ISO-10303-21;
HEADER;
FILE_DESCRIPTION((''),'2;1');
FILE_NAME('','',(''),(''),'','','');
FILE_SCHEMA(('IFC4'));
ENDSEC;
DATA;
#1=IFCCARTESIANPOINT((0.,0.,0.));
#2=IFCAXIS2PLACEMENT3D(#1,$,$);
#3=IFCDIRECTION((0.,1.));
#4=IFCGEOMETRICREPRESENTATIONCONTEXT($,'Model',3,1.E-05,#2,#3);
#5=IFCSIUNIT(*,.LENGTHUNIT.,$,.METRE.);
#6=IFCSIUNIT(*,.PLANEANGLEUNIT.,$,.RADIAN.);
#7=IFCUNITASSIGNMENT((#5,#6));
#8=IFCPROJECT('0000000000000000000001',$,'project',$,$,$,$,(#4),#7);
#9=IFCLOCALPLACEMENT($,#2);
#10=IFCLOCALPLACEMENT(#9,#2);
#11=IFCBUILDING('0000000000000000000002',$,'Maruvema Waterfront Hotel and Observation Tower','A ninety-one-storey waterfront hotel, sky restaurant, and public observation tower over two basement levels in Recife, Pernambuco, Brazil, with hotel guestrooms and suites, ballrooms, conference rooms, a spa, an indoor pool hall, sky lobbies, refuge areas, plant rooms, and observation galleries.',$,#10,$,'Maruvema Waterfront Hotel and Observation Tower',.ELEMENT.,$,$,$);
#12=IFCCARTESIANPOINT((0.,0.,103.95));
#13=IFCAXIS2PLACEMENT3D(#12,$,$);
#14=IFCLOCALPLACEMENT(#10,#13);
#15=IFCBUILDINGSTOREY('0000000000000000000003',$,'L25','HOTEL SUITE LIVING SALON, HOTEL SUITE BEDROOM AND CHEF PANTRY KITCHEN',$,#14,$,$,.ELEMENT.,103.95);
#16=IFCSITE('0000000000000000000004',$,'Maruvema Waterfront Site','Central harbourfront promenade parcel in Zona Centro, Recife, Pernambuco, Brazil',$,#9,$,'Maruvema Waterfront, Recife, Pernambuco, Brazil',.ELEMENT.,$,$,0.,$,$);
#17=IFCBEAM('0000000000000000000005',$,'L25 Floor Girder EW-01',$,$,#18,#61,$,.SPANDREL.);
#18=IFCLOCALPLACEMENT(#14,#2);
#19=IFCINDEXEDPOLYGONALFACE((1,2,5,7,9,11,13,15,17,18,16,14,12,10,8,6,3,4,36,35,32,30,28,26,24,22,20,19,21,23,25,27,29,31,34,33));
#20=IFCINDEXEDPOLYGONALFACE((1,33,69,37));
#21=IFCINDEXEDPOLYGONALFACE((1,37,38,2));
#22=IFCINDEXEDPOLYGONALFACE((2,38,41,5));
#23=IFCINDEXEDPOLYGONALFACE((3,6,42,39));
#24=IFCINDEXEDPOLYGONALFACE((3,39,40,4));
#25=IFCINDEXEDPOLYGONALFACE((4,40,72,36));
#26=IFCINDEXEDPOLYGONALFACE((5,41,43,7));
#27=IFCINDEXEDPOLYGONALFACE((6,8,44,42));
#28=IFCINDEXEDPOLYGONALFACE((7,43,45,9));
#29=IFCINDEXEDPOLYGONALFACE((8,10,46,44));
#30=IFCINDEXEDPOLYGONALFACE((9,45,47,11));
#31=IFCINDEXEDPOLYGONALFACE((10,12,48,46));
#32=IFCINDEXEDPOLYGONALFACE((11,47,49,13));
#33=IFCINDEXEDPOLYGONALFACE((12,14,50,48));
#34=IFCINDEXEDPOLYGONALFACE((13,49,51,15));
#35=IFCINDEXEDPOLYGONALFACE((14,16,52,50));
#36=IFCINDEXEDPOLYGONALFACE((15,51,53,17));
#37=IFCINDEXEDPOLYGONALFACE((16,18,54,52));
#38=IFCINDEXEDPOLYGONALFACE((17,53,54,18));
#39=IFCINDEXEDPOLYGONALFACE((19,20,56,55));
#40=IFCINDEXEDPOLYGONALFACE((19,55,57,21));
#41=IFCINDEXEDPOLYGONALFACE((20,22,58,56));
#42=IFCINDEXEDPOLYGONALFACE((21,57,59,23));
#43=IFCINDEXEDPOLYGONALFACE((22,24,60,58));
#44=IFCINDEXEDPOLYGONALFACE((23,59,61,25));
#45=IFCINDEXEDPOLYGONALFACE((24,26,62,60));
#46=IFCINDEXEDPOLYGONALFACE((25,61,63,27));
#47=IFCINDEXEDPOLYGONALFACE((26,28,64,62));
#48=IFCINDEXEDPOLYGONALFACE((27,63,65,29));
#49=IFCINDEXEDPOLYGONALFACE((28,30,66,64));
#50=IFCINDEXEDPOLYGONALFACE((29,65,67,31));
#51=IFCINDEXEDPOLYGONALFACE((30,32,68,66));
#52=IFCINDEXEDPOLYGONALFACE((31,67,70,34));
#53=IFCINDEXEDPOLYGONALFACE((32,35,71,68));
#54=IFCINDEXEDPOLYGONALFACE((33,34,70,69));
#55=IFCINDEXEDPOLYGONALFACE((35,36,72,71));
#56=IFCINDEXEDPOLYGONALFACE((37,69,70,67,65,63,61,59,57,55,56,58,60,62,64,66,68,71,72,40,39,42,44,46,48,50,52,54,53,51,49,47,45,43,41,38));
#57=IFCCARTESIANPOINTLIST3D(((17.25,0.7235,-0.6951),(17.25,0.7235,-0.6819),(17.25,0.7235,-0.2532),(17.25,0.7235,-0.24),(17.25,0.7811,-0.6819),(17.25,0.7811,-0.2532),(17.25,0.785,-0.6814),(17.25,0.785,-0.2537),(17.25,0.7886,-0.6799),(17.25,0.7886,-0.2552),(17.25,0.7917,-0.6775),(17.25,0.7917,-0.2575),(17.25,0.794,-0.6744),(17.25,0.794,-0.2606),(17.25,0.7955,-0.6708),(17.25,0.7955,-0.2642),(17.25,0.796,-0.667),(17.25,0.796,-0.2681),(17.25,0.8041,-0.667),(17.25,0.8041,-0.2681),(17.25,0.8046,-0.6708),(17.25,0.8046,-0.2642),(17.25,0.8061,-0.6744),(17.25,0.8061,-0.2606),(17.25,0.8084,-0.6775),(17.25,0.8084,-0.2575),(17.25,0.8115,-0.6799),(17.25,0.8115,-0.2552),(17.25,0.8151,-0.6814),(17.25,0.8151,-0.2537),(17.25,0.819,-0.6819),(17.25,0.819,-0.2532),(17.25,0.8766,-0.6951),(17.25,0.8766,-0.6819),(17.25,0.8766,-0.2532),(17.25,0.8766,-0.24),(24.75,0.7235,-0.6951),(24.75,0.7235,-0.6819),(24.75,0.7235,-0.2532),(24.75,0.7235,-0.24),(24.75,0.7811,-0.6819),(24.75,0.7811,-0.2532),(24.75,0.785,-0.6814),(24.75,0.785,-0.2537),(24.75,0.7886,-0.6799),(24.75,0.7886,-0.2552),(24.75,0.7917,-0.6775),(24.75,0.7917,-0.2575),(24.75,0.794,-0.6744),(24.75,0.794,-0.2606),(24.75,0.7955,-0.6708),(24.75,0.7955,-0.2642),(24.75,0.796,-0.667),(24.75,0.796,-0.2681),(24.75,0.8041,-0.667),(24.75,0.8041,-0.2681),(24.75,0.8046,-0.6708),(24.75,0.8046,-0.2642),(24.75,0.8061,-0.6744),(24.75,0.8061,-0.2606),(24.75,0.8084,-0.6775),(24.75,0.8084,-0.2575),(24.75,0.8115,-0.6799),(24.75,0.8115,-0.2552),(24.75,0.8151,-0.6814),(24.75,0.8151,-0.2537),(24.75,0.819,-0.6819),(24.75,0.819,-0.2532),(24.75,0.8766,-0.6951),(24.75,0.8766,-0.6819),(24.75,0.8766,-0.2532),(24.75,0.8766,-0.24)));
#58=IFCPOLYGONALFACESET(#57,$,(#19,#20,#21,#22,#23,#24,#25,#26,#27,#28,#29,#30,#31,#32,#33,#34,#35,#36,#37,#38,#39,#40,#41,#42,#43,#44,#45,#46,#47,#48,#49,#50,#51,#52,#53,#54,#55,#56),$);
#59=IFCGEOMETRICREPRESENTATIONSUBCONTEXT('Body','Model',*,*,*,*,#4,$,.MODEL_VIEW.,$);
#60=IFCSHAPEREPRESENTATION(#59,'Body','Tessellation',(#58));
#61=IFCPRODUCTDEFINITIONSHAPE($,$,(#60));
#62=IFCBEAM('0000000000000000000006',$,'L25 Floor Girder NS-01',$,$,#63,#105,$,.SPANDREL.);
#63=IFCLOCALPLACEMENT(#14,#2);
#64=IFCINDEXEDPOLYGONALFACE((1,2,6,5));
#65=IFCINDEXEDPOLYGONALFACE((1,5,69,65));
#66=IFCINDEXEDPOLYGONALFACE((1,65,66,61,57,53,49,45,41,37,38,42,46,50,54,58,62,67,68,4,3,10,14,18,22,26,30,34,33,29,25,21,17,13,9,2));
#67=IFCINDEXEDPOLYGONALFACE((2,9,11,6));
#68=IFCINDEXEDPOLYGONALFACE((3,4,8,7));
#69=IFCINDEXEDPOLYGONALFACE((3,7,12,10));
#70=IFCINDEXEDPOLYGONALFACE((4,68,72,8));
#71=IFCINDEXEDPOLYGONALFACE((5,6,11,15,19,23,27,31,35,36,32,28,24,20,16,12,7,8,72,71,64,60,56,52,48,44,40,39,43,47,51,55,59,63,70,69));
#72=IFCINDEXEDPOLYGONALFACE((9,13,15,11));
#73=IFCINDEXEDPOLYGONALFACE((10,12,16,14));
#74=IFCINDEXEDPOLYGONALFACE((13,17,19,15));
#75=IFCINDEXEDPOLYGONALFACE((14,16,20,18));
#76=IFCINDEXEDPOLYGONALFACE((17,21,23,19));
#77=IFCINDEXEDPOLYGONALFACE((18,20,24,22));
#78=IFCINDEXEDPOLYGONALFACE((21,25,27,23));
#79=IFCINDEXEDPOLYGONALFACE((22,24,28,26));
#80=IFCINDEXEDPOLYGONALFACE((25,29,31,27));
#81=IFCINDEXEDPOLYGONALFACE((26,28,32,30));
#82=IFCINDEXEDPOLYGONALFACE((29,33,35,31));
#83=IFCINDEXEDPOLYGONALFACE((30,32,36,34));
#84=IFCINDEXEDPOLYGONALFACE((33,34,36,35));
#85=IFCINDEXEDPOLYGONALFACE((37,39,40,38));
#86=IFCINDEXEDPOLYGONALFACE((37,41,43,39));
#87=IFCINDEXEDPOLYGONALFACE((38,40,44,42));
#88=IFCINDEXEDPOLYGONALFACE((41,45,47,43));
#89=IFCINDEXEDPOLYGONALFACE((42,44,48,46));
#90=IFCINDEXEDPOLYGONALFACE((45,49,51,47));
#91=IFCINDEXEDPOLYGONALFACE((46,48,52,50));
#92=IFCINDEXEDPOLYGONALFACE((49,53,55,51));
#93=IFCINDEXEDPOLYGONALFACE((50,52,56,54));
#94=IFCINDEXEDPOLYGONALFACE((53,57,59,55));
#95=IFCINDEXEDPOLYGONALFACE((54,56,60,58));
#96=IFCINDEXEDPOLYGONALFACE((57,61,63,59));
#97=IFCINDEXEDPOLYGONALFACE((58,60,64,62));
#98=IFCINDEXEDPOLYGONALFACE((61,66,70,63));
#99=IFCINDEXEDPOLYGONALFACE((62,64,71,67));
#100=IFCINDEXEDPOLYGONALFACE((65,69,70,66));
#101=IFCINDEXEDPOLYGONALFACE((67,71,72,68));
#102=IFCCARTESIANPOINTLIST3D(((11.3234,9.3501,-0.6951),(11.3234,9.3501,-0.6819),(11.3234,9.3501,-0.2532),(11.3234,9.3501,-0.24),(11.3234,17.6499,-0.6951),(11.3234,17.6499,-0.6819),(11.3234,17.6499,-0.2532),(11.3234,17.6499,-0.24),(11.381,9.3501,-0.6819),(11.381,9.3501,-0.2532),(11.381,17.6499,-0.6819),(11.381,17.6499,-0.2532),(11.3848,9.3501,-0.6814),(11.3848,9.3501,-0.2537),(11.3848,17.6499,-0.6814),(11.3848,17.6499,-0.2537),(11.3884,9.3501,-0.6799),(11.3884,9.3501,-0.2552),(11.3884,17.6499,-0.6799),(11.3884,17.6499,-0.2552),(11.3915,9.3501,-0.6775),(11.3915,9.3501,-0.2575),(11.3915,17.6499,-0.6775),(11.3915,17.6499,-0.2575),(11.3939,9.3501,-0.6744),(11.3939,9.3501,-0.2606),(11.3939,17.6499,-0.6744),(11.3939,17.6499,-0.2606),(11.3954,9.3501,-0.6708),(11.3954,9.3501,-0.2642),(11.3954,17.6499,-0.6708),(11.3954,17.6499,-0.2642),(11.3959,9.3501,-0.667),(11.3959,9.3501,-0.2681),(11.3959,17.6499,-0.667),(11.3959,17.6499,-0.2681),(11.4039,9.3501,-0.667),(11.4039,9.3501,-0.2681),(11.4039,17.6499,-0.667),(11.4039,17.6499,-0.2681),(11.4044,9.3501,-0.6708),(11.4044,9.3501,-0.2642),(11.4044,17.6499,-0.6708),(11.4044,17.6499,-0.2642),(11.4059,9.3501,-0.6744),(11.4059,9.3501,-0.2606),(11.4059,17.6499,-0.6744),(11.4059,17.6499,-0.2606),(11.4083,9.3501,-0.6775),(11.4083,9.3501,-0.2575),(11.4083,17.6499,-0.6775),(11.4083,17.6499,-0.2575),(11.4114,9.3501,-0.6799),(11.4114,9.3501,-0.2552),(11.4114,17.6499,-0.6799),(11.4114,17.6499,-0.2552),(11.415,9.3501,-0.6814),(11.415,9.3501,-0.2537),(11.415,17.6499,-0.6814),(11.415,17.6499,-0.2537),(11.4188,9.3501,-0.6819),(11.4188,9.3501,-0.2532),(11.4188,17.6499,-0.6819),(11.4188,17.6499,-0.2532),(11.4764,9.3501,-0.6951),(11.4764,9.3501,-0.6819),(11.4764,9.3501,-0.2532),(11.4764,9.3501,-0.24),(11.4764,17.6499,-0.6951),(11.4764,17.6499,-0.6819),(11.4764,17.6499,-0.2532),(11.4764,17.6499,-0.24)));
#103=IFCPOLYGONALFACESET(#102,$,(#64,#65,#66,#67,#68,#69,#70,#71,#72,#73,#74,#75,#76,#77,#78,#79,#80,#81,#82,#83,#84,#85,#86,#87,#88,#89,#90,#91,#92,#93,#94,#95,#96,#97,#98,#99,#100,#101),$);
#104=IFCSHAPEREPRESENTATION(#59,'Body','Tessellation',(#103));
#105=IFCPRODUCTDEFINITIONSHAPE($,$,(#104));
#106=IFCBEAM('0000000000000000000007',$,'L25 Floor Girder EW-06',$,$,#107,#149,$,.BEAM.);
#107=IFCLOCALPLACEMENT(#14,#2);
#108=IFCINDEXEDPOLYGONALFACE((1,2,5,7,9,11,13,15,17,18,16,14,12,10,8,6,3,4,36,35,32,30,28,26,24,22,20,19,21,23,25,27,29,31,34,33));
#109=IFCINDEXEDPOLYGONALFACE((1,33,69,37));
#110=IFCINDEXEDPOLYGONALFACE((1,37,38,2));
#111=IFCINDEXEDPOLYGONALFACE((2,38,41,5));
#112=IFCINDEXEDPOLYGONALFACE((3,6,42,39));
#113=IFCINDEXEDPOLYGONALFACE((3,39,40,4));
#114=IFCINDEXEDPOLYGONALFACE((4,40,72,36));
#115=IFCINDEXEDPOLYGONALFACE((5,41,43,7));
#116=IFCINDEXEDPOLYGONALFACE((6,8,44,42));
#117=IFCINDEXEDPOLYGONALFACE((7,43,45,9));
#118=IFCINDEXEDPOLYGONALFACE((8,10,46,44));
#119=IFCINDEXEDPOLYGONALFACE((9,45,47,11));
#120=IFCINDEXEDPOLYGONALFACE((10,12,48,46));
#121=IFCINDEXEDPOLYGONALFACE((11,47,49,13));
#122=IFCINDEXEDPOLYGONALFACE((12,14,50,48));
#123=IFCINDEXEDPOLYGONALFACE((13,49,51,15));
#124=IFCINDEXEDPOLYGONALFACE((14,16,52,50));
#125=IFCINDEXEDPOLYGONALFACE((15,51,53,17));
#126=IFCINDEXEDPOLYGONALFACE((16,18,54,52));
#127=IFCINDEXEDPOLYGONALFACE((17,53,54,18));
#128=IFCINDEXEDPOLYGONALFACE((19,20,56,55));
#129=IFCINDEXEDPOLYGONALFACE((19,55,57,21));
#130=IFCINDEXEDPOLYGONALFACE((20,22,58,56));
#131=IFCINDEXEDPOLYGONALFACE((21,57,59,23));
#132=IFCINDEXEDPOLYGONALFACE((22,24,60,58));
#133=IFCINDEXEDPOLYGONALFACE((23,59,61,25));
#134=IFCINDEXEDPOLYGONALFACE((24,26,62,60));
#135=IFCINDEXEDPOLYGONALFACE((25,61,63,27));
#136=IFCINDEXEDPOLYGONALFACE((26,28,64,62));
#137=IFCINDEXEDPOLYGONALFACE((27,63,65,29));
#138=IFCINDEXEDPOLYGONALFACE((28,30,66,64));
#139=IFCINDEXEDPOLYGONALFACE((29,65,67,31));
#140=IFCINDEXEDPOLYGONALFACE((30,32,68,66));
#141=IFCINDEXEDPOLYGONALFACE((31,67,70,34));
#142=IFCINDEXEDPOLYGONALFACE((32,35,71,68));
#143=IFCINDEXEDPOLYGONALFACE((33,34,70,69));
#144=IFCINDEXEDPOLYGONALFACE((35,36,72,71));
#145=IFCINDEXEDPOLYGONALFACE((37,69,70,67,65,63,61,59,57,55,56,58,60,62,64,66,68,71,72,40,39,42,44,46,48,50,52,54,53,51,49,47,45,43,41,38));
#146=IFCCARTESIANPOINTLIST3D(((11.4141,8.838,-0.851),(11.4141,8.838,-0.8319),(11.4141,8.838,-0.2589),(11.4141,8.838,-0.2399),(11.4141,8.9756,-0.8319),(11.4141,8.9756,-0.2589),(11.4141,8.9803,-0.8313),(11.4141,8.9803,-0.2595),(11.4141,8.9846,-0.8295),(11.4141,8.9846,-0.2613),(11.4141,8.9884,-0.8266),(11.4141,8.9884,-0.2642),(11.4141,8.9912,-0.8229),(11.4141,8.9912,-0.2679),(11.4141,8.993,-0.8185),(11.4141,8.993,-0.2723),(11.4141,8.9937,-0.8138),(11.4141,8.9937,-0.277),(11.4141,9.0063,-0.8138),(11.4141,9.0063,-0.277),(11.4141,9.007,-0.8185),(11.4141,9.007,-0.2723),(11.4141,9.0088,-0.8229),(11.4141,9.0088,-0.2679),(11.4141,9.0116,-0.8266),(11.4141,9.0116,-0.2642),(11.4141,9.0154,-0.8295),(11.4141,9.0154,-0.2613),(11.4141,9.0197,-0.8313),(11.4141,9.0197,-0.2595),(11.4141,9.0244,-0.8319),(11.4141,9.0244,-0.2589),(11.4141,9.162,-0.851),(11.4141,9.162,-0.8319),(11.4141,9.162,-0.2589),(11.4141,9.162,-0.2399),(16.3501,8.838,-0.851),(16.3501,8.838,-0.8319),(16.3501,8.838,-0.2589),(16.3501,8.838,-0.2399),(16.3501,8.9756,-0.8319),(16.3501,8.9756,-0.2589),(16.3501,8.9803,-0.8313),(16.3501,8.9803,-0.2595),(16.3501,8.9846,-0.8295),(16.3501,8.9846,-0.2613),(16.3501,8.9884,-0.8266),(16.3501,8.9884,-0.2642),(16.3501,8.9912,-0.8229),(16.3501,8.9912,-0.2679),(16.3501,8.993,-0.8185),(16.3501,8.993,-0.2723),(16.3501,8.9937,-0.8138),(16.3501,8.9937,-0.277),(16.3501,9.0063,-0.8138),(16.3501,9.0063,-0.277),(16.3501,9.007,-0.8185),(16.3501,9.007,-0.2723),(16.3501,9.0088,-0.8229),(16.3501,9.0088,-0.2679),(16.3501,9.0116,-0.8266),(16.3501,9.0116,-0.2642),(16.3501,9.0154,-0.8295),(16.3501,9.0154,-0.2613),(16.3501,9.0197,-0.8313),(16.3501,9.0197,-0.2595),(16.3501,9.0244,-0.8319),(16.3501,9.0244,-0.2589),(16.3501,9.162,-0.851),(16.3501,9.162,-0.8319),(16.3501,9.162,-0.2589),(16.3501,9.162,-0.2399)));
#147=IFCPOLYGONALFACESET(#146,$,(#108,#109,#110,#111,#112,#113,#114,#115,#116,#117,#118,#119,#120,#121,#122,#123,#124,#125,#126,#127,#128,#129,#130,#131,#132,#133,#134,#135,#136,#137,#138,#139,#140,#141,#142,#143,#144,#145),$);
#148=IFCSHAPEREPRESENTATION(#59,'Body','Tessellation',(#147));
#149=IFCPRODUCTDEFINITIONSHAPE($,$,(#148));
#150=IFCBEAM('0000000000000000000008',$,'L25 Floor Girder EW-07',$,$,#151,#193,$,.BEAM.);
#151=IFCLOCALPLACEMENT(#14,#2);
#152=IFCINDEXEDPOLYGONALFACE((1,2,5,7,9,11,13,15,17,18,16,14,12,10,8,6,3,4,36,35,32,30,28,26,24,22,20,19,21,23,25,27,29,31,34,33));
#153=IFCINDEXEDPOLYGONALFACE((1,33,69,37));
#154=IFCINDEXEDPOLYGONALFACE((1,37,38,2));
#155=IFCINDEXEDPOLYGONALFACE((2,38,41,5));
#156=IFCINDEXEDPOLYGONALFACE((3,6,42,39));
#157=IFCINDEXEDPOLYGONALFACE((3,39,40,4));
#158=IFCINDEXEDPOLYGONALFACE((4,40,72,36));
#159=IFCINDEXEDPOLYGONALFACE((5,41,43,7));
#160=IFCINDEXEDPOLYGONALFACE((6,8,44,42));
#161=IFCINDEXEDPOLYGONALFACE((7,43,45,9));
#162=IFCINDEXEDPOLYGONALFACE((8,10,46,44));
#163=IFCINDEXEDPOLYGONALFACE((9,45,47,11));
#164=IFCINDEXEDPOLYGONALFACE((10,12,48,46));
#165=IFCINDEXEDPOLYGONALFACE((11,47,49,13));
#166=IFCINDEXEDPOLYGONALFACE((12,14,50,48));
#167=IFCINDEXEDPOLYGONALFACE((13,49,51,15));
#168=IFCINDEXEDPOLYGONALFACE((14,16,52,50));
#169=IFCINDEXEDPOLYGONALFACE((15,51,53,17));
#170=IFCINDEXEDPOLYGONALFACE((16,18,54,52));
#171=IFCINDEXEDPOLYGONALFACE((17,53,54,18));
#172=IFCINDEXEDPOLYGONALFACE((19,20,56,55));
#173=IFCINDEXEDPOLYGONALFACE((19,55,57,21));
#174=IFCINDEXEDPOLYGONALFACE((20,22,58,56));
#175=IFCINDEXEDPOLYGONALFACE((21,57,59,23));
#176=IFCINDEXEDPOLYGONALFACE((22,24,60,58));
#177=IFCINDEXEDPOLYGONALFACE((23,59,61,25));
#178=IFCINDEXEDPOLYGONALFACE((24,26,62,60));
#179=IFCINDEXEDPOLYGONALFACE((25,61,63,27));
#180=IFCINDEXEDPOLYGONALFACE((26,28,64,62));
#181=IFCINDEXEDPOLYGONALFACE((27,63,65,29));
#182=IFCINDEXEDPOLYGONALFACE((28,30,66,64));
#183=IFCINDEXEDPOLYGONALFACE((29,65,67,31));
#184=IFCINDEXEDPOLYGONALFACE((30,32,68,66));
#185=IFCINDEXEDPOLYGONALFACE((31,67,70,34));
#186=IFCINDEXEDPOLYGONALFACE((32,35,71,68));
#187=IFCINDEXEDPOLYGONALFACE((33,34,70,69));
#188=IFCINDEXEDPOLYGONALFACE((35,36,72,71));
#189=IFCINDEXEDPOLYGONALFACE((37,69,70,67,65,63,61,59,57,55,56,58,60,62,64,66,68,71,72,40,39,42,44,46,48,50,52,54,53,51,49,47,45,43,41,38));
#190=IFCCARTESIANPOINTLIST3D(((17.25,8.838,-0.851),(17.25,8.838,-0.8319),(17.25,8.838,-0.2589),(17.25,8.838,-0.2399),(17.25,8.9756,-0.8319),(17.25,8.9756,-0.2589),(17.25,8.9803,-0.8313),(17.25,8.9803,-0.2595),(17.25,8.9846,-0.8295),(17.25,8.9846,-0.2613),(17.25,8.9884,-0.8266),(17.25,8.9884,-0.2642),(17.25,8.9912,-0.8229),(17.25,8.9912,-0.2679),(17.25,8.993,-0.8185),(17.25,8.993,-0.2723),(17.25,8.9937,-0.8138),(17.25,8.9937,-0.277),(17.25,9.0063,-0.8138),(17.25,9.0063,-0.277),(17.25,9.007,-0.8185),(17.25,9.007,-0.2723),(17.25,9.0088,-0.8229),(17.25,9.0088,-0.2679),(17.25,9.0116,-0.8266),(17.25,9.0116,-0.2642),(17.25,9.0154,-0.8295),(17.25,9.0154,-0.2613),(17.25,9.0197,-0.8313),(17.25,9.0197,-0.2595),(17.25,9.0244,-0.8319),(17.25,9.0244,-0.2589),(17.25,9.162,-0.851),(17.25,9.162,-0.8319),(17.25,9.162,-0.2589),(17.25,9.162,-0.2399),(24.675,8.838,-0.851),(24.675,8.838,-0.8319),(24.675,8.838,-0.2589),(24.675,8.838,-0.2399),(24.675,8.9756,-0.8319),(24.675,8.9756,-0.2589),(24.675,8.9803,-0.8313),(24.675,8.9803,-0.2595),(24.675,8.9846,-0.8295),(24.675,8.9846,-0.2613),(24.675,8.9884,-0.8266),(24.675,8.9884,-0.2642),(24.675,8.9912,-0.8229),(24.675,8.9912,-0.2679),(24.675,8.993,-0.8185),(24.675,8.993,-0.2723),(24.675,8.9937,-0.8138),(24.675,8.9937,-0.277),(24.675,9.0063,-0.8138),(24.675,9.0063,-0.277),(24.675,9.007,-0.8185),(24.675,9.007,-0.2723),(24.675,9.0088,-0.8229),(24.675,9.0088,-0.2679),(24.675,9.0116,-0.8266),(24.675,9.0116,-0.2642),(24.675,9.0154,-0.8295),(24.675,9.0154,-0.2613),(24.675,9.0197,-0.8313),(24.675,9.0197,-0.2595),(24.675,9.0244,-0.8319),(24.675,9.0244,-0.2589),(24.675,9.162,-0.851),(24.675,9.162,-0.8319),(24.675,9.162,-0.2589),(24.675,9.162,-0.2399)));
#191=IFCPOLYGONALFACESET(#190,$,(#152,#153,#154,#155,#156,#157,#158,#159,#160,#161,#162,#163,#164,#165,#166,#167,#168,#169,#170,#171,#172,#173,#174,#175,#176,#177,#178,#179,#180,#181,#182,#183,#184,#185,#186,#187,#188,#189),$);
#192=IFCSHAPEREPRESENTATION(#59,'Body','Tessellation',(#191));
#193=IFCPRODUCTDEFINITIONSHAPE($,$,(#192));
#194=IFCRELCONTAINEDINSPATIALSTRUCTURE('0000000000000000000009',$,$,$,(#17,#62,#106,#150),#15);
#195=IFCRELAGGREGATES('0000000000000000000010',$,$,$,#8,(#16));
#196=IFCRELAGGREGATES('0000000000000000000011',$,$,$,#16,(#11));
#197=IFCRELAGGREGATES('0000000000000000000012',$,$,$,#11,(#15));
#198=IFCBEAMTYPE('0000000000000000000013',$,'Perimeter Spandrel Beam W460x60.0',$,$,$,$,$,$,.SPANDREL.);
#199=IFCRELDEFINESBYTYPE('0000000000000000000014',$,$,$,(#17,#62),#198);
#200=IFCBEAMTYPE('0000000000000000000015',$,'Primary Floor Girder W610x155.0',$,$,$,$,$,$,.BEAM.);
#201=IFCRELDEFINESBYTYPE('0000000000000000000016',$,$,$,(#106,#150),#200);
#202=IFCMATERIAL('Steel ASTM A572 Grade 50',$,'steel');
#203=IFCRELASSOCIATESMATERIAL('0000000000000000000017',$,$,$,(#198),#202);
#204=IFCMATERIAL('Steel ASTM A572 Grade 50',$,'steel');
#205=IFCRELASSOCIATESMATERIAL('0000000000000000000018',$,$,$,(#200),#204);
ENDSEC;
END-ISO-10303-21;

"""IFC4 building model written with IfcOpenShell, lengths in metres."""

from ifc_helpers import new_model, si_unit, direction, frame, origin, origin_2d, place, context, subcontext, project, spatial, i_section, extrude, material, material_profile, profile_set, type_object, element, save


model = new_model("IFC4")

# Units and contexts
model_context = context("Model", 3, precision=1e-05, world=origin(), true_north=direction((0.0, 1.0)))
body_context = subcontext(model_context, "Body", "Model", "MODEL_VIEW")
ifc_project = project(units=[si_unit("LENGTHUNIT", "METRE"), si_unit("PLANEANGLEUNIT", "RADIAN")], contexts=[model_context])

# Site, building, storey
site_placement = place(None, origin())
site = spatial("IfcSite", under=ifc_project, at=site_placement, Name="Maruvema Waterfront Site", Description="Central harbourfront promenade parcel in Zona Centro, Recife, Pernambuco, Brazil", LongName="Maruvema Waterfront, Recife, Pernambuco, Brazil", CompositionType="ELEMENT", RefElevation=0.0)
building_placement = place(site_placement, origin())
building = spatial("IfcBuilding", under=site, at=building_placement, Name="Maruvema Waterfront Hotel and Observation Tower", Description="A ninety-one-storey waterfront hotel, sky restaurant, and public observation tower over two basement levels in Recife, Pernambuco, Brazil, with hotel guestrooms and suites, ballrooms, conference rooms, a spa, an indoor pool hall, sky lobbies, refuge areas, plant rooms, and observation galleries.", LongName="Maruvema Waterfront Hotel and Observation Tower", CompositionType="ELEMENT")
storey_placement = place(building_placement, frame((0.0, 0.0, 103.95)))
storey = spatial("IfcBuildingStorey", under=building, at=storey_placement, Name="L25", Description="HOTEL SUITE LIVING SALON, HOTEL SUITE BEDROOM AND CHEF PANTRY KITCHEN", CompositionType="ELEMENT", Elevation=103.95)

# Beams
ifc_material_1 = material(Name="Steel ASTM A572 Grade 50", Category="steel")
ifc_material_profile_1 = material_profile(ifc_material_1, i_section(OverallWidth=0.1531, OverallDepth=0.4551, WebThickness=0.0081, FlangeThickness=0.0132, FilletRadius=0.0149, at=origin_2d()), Name="W460x60.0")
ifc_profile_set_1 = profile_set([ifc_material_profile_1], Name="Steel ASTM A572 Grade 50")
beam_type_1 = type_object("IfcBeamType", Name="Perimeter Spandrel Beam W460x60.0", PredefinedType="SPANDREL", material=ifc_profile_set_1)
beam_1_placement = place(storey_placement, frame((17.25, 0.8, -0.4675), z_axis=(1.0, 0.0, 0.0), x_axis=(0.0, 1.0, 0.0)))
element("IfcBeam", 1, at=beam_1_placement, inside=storey, type_object=beam_type_1, Name="L25 Floor Girder EW-01", PredefinedType="SPANDREL", context=body_context, shape_type="SweptSolid", body=[
    extrude(i_section(OverallWidth=0.1531, OverallDepth=0.4551, WebThickness=0.0081, FlangeThickness=0.0132, FilletRadius=0.0149, at=origin_2d()), origin(), (0.0, 0.0, 1.0), 7.5),
])
beam_2_placement = place(storey_placement, frame((11.3999, 9.3501, -0.4675), z_axis=(0.0, 1.0, 0.0), x_axis=(-1.0, 0.0, 0.0)))
element("IfcBeam", 2, at=beam_2_placement, inside=storey, type_object=beam_type_1, Name="L25 Floor Girder NS-01", PredefinedType="SPANDREL", context=body_context, shape_type="SweptSolid", body=[
    extrude(i_section(OverallWidth=0.1531, OverallDepth=0.4551, WebThickness=0.0081, FlangeThickness=0.0132, FilletRadius=0.0149, at=origin_2d()), origin(), (0.0, 0.0, 1.0), 8.2998),
])
ifc_material_2 = material(Name="Steel ASTM A572 Grade 50", Category="steel")
ifc_material_profile_2 = material_profile(ifc_material_2, i_section(OverallWidth=0.324, OverallDepth=0.6111, WebThickness=0.0127, FlangeThickness=0.019, FilletRadius=0.0181, at=origin_2d()), Name="W610x155.0")
ifc_profile_set_2 = profile_set([ifc_material_profile_2], Name="Steel ASTM A572 Grade 50")
beam_type_2 = type_object("IfcBeamType", Name="Primary Floor Girder W610x155.0", PredefinedType="BEAM", material=ifc_profile_set_2)
beam_3_placement = place(storey_placement, frame((11.4141, 9.0, -0.5454), z_axis=(1.0, 0.0, 0.0), x_axis=(0.0, 1.0, 0.0)))
element("IfcBeam", 3, at=beam_3_placement, inside=storey, type_object=beam_type_2, Name="L25 Floor Girder EW-06", PredefinedType="BEAM", context=body_context, shape_type="SweptSolid", body=[
    extrude(i_section(OverallWidth=0.324, OverallDepth=0.6111, WebThickness=0.0127, FlangeThickness=0.019, FilletRadius=0.0181, at=origin_2d()), origin(), (0.0, 0.0, 1.0), 4.936),
])
beam_4_placement = place(storey_placement, frame((17.25, 9.0, -0.5454), z_axis=(1.0, 0.0, 0.0), x_axis=(0.0, 1.0, 0.0)))
element("IfcBeam", 4, at=beam_4_placement, inside=storey, type_object=beam_type_2, Name="L25 Floor Girder EW-07", PredefinedType="BEAM", context=body_context, shape_type="SweptSolid", body=[
    extrude(i_section(OverallWidth=0.324, OverallDepth=0.6111, WebThickness=0.0127, FlangeThickness=0.019, FilletRadius=0.0181, at=origin_2d()), origin(), (0.0, 0.0, 1.0), 7.425),
])

save(model, "model.ifc")
